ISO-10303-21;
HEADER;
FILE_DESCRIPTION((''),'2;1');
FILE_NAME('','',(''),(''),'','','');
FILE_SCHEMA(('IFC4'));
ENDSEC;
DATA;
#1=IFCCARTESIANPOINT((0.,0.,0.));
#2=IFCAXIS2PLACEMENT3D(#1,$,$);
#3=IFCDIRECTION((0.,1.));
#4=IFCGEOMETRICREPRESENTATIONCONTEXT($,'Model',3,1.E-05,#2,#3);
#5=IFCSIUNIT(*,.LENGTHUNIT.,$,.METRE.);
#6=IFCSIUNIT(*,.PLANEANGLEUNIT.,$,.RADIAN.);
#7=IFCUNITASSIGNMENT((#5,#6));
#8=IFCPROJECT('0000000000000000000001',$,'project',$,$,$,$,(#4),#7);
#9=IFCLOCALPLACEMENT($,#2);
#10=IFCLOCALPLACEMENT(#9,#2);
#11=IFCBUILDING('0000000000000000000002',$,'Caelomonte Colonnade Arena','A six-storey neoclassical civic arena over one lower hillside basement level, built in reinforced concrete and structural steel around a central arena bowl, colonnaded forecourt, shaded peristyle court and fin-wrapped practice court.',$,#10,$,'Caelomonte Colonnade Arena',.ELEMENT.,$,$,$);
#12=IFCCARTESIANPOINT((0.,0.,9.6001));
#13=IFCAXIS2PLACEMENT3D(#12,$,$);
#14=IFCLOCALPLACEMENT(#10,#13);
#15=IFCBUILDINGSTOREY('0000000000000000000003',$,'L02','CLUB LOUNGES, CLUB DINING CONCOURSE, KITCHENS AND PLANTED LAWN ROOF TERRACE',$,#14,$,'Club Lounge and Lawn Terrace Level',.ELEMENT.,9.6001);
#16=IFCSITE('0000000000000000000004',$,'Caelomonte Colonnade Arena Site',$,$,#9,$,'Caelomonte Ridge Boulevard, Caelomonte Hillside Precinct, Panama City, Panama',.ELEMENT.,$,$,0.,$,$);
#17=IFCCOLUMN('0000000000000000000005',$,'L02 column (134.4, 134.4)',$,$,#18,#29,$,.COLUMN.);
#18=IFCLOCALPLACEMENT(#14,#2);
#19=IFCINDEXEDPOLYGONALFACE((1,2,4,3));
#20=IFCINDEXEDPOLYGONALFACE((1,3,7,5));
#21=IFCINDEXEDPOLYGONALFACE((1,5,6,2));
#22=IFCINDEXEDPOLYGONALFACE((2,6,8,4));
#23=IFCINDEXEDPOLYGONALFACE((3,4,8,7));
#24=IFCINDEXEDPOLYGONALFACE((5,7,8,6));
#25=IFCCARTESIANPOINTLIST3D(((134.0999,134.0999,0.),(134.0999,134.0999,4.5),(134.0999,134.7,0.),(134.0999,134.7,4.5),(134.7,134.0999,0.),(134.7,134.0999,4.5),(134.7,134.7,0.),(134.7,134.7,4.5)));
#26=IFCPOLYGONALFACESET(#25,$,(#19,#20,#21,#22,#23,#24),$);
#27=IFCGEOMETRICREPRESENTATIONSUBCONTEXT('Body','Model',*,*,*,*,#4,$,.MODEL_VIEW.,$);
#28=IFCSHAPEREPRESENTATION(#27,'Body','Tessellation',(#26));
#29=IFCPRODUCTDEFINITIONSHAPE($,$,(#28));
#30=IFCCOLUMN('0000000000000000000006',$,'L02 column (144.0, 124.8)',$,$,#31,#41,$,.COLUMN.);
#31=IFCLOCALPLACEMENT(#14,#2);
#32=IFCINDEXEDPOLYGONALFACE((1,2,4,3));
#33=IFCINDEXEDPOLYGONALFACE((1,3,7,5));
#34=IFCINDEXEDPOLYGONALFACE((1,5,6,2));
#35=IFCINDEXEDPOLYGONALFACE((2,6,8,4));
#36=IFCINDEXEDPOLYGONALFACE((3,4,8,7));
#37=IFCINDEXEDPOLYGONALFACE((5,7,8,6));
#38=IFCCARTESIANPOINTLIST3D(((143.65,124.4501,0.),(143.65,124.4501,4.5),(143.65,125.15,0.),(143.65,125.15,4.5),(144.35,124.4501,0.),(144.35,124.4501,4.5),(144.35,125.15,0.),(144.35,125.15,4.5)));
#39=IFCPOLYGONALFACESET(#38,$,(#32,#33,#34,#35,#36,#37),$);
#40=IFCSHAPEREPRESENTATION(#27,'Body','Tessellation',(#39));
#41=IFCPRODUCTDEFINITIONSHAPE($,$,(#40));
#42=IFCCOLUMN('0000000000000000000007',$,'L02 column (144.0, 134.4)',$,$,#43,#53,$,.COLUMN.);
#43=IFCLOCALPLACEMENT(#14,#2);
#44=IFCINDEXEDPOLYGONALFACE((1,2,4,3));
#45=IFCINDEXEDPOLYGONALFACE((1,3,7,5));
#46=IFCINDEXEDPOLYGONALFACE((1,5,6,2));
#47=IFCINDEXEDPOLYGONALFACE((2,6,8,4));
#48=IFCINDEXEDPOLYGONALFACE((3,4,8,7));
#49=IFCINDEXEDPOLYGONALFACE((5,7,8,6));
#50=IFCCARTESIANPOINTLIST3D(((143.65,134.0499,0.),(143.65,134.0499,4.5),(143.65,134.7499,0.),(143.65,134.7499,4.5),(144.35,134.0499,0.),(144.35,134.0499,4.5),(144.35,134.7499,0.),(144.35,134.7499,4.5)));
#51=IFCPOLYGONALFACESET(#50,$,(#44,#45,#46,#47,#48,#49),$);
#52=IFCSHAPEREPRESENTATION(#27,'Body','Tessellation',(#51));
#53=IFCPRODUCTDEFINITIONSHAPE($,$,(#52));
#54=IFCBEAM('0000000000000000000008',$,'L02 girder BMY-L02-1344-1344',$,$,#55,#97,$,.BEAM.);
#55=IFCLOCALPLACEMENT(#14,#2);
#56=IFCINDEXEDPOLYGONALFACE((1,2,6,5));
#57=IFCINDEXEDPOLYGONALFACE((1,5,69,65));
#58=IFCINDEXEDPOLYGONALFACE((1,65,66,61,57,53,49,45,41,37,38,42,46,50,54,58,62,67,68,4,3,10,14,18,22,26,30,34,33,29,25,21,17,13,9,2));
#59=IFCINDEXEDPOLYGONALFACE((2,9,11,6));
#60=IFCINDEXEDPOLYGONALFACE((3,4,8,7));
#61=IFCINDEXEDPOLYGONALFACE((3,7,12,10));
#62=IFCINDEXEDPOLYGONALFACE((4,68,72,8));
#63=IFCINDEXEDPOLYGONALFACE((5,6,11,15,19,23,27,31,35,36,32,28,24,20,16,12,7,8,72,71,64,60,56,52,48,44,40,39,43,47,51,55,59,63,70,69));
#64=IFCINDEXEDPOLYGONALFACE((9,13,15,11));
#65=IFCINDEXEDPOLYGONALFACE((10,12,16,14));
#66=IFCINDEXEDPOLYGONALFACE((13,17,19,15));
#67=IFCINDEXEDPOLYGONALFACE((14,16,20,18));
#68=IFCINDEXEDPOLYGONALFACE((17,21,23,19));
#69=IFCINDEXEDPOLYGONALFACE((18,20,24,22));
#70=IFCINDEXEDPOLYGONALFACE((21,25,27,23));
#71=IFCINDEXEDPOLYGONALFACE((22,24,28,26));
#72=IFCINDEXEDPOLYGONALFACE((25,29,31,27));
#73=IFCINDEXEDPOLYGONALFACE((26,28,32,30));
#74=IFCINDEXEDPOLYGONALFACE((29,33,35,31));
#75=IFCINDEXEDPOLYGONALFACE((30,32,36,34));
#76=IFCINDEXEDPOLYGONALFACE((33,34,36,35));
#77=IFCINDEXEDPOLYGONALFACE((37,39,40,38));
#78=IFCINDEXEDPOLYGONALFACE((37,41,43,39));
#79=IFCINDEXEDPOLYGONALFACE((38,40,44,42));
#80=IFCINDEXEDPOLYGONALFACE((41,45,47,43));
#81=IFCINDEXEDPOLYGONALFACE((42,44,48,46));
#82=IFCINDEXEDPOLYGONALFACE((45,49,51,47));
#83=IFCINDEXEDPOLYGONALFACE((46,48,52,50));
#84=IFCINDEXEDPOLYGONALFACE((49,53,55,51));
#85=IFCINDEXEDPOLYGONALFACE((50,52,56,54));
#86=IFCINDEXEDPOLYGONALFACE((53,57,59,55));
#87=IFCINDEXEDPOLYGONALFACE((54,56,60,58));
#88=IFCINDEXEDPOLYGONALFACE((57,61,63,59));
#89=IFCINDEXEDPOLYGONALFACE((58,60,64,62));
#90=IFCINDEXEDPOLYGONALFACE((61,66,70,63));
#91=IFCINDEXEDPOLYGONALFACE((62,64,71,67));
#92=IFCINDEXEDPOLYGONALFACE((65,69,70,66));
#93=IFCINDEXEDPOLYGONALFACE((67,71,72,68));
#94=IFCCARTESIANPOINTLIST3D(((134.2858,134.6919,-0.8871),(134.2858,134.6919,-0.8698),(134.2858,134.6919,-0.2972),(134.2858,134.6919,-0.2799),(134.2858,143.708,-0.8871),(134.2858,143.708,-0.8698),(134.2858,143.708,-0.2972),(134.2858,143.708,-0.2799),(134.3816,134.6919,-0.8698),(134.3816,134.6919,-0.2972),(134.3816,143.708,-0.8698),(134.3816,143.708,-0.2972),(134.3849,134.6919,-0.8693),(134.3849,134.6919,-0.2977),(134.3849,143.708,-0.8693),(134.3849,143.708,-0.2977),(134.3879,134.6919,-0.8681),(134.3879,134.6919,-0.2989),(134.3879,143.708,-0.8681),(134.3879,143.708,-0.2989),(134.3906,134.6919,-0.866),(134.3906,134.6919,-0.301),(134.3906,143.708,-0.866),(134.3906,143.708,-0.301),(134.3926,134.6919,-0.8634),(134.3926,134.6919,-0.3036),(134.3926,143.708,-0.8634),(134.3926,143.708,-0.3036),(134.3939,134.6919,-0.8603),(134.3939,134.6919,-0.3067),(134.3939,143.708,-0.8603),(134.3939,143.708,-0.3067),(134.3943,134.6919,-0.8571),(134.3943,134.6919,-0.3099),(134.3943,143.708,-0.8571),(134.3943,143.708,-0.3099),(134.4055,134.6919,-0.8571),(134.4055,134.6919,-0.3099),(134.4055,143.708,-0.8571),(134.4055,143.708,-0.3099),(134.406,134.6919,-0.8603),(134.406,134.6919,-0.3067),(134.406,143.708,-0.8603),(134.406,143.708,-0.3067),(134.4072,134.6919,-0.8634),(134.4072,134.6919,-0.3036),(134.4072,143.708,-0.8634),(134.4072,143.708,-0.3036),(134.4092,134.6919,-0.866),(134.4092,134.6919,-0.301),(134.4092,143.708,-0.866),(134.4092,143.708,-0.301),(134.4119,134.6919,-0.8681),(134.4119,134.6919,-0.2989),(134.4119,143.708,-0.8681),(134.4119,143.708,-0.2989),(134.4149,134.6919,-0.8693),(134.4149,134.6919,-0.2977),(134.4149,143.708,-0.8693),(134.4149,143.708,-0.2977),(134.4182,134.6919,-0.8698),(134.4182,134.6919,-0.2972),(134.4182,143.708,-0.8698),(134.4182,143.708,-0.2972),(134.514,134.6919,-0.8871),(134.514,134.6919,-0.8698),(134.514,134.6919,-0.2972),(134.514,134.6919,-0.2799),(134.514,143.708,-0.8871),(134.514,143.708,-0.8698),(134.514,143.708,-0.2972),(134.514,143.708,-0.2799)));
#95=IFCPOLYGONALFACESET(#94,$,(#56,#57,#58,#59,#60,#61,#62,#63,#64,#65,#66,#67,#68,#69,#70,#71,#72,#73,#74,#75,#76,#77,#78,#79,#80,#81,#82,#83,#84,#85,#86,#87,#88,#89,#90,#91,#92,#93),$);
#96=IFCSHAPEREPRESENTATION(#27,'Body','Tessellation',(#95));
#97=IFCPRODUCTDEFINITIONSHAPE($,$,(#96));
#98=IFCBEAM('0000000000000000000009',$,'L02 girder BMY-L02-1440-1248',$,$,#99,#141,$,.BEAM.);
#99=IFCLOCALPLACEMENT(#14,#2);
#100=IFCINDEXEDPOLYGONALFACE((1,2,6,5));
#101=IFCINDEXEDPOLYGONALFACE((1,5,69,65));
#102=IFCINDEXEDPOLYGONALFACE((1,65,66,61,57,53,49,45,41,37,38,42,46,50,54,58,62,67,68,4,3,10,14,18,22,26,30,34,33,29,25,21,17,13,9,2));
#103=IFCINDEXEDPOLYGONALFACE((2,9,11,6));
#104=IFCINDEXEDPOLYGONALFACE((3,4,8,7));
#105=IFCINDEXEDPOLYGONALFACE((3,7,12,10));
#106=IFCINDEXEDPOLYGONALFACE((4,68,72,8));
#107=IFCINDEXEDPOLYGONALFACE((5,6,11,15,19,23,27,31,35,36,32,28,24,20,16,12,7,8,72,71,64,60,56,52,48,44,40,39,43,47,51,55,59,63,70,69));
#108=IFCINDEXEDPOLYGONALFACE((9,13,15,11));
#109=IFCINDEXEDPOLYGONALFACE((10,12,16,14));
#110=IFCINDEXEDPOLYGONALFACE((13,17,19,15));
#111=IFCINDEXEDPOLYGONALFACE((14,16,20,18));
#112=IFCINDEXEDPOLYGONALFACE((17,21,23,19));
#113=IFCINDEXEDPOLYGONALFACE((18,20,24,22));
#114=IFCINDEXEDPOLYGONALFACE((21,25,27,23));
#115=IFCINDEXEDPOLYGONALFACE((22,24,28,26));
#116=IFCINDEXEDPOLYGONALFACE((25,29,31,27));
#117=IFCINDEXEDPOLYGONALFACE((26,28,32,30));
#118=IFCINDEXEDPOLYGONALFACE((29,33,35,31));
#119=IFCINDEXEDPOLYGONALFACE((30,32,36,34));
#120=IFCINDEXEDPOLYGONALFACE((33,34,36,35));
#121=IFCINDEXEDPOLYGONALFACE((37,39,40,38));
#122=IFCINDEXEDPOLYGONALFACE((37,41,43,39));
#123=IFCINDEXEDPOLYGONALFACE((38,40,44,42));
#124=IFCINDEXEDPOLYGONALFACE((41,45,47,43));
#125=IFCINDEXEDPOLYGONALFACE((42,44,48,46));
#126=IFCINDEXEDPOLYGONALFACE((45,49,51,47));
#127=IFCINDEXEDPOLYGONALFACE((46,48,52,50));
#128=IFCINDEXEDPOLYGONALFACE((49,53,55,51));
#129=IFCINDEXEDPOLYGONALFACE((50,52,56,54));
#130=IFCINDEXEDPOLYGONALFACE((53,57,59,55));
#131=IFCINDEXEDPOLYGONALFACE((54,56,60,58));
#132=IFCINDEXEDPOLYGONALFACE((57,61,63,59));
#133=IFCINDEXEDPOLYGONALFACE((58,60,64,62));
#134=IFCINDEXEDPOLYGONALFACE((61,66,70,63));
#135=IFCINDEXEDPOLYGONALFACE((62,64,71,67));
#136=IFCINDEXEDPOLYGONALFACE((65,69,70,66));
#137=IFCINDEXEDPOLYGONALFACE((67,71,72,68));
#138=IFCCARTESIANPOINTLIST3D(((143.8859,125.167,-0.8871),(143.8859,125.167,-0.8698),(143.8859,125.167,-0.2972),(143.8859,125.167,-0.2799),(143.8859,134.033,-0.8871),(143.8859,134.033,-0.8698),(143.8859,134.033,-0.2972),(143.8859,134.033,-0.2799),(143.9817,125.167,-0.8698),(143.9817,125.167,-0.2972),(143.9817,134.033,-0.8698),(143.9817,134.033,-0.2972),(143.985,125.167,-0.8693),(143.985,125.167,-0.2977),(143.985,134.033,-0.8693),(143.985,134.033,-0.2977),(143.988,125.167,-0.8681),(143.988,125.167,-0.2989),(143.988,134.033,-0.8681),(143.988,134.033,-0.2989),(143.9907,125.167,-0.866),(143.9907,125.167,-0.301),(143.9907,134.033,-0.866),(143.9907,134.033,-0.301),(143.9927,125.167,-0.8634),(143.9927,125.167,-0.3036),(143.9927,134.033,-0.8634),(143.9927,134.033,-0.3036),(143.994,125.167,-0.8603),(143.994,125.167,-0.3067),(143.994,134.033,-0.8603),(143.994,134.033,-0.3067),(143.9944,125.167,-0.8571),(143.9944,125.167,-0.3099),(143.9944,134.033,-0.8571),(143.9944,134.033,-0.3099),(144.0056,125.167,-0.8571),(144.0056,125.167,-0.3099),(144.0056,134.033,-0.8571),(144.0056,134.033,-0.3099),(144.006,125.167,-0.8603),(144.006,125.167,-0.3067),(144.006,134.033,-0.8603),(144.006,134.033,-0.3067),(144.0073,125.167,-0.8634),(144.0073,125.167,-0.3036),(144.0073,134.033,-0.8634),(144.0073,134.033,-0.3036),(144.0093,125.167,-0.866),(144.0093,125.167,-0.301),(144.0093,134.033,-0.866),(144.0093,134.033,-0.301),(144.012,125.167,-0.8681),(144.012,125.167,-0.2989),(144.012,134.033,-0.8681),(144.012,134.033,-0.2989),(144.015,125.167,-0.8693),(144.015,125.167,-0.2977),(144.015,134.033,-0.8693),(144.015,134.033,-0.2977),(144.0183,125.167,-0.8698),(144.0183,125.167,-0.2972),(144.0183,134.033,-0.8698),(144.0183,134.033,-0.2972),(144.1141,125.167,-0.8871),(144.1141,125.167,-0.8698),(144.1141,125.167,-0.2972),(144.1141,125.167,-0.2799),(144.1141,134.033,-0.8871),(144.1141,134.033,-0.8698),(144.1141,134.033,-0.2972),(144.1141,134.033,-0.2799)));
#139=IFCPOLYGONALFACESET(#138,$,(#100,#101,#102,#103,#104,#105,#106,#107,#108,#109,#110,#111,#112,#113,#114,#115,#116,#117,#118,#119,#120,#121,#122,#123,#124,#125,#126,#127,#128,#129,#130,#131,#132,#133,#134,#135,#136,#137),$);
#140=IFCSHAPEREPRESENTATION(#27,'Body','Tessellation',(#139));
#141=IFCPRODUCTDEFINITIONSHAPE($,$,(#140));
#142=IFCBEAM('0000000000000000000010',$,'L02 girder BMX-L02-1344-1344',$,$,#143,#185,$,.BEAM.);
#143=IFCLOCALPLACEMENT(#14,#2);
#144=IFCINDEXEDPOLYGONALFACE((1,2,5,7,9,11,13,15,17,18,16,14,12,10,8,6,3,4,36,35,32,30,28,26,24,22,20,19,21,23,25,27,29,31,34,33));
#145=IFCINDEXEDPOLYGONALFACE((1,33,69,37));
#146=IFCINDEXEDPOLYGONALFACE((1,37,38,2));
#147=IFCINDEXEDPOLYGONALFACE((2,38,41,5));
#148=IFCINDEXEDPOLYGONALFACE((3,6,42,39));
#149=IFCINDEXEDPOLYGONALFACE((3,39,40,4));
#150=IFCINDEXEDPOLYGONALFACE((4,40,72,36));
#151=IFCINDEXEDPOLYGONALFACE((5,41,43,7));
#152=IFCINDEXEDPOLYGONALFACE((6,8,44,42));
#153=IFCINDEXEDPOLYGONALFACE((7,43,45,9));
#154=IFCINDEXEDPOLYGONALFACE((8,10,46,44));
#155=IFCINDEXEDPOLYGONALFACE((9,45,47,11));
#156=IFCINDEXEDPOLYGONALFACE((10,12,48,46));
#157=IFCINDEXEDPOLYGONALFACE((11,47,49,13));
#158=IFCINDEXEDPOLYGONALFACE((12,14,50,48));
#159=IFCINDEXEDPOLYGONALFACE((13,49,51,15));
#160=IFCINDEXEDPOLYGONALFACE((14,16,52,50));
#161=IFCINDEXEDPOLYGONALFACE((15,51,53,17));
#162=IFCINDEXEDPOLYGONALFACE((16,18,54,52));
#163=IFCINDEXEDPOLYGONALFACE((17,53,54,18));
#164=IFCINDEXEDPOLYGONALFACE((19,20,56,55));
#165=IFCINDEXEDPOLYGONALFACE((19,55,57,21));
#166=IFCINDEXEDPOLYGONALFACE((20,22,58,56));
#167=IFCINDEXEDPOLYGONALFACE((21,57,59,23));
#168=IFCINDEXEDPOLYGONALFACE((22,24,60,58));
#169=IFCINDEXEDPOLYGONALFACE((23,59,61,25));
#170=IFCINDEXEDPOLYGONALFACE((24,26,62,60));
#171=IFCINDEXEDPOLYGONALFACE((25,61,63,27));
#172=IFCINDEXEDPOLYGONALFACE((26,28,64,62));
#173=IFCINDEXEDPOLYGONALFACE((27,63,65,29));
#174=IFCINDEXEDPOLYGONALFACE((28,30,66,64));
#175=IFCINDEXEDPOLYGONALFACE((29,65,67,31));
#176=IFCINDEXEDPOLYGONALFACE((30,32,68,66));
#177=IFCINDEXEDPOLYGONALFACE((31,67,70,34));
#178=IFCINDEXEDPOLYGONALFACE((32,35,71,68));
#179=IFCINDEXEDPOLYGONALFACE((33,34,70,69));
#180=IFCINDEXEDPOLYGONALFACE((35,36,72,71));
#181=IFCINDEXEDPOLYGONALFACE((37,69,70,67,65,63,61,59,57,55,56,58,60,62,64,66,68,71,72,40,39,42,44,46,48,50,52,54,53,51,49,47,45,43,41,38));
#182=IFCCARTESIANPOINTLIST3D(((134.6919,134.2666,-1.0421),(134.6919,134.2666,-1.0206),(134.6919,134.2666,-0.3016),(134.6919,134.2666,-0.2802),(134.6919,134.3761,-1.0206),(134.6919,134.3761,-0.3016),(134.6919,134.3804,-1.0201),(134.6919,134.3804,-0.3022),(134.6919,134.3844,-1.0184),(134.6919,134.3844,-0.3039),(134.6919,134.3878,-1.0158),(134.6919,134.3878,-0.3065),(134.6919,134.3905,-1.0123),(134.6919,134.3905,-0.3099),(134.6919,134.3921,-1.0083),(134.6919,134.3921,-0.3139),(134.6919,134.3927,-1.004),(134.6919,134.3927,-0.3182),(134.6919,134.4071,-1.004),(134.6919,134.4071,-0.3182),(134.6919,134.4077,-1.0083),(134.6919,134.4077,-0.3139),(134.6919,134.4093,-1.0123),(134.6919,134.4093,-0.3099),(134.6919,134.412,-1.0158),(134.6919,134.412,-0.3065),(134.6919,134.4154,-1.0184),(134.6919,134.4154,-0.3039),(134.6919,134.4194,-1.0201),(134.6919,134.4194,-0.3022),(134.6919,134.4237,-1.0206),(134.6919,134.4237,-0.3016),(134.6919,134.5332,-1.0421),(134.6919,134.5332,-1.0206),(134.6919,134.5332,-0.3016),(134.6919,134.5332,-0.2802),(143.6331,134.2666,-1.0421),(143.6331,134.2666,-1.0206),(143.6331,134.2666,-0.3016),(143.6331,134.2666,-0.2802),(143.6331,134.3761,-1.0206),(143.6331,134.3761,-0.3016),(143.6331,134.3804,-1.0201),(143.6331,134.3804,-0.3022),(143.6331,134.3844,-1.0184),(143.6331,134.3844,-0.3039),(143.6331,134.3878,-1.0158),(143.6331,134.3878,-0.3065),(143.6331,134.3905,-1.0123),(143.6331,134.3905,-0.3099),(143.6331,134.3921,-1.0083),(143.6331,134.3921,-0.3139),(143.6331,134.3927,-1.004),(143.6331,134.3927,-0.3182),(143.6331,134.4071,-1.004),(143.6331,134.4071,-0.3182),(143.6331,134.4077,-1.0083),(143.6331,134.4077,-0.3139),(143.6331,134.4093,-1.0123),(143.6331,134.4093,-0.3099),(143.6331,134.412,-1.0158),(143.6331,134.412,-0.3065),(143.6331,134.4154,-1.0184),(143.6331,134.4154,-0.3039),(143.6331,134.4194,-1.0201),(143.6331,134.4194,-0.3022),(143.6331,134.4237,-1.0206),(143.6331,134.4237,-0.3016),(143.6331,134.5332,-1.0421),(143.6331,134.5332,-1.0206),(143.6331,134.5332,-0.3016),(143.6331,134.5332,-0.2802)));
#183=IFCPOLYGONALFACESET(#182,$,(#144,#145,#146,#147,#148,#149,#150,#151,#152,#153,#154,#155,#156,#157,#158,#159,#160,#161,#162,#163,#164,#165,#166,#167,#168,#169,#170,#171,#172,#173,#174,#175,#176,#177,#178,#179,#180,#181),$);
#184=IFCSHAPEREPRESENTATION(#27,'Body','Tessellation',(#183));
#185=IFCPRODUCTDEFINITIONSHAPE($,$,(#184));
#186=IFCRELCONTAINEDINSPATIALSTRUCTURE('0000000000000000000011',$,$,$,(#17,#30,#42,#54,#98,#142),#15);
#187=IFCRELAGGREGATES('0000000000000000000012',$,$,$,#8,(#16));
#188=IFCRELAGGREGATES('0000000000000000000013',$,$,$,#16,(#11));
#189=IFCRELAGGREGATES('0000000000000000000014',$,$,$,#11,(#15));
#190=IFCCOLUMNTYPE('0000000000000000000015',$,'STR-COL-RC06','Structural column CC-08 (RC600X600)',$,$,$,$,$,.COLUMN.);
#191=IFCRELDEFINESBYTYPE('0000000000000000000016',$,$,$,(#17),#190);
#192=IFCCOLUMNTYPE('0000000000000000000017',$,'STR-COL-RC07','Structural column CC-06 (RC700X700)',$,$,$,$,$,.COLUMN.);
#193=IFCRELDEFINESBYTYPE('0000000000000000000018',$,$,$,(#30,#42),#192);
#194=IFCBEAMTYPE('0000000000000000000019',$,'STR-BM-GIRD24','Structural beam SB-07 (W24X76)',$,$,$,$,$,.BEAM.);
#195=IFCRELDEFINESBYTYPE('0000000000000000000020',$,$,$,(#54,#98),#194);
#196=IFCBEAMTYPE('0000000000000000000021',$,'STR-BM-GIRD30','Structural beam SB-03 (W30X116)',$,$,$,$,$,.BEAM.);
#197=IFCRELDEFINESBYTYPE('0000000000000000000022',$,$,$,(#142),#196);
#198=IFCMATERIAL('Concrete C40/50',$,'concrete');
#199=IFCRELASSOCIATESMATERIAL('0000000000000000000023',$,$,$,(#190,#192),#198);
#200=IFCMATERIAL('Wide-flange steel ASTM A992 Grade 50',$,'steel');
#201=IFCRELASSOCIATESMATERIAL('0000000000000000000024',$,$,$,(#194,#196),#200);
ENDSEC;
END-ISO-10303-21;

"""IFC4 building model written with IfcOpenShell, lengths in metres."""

from ifc_helpers import new_model, si_unit, direction, frame, origin, origin_2d, place, context, subcontext, project, spatial, rectangle, i_section, extrude, material, material_profile, profile_set, type_object, element, save


model = new_model("IFC4")

# Units and contexts
model_context = context("Model", 3, precision=1e-05, world=origin(), true_north=direction((0.0, 1.0)))
body_context = subcontext(model_context, "Body", "Model", "MODEL_VIEW")
ifc_project = project(units=[si_unit("LENGTHUNIT", "METRE"), si_unit("PLANEANGLEUNIT", "RADIAN")], contexts=[model_context])

# Site, building, storey
site_placement = place(None, origin())
site = spatial("IfcSite", under=ifc_project, at=site_placement, Name="Caelomonte Colonnade Arena Site", LongName="Caelomonte Ridge Boulevard, Caelomonte Hillside Precinct, Panama City, Panama", CompositionType="ELEMENT", RefElevation=0.0)
building_placement = place(site_placement, origin())
building = spatial("IfcBuilding", under=site, at=building_placement, Name="Caelomonte Colonnade Arena", Description="A six-storey neoclassical civic arena over one lower hillside basement level, built in reinforced concrete and structural steel around a central arena bowl, colonnaded forecourt, shaded peristyle court and fin-wrapped practice court.", LongName="Caelomonte Colonnade Arena", CompositionType="ELEMENT")
storey_placement = place(building_placement, frame((0.0, 0.0, 9.6001)))
storey = spatial("IfcBuildingStorey", under=building, at=storey_placement, Name="L02", Description="CLUB LOUNGES, CLUB DINING CONCOURSE, KITCHENS AND PLANTED LAWN ROOF TERRACE", LongName="Club Lounge and Lawn Terrace Level", CompositionType="ELEMENT", Elevation=9.6001)

# Columns
ifc_material_1 = material(Name="Concrete C40/50", Category="concrete")
ifc_material_profile_1 = material_profile(ifc_material_1, rectangle(XDim=0.6001, YDim=0.6001, at=origin_2d()), Name="RC600X600")
ifc_profile_set_1 = profile_set([ifc_material_profile_1], Name="Concrete C40/50")
column_type_1 = type_object("IfcColumnType", Name="STR-COL-RC06", Description="Structural column CC-08 (RC600X600)", PredefinedType="COLUMN", material=ifc_profile_set_1)
column_placement = place(storey_placement, frame((134.3999, 134.3999, 0.0), z_axis=(0.0, 0.0, 1.0), x_axis=(1.0, 0.0, 0.0)))
element("IfcColumn", 1, at=column_placement, inside=storey, type_object=column_type_1, Name="L02 column (134.4, 134.4)", PredefinedType="COLUMN", context=body_context, shape_type="SweptSolid", body=[
    extrude(rectangle(XDim=0.6001, YDim=0.6001, at=origin_2d()), origin(), (0.0, 0.0, 1.0), 4.5),
])
ifc_material_profile_2 = material_profile(ifc_material_1, rectangle(XDim=0.7, YDim=0.7, at=origin_2d()), Name="RC700X700")
ifc_profile_set_2 = profile_set([ifc_material_profile_2], Name="Concrete C40/50")
column_type_2 = type_object("IfcColumnType", Name="STR-COL-RC07", Description="Structural column CC-06 (RC700X700)", PredefinedType="COLUMN", material=ifc_profile_set_2)
for number, where, z_axis, x_axis, name in (
    (2, (144.0, 124.8, 0.0), (0.0, 0.0, 1.0), (1.0, 0.0, 0.0), "L02 column (144.0, 124.8)"),
    (3, (144.0, 134.3999, 0.0), (0.0, 0.0, 1.0), (1.0, 0.0, 0.0), "L02 column (144.0, 134.4)"),
):
    element("IfcColumn", number, at=place(storey_placement, frame(where, z_axis=z_axis, x_axis=x_axis)), inside=storey, type_object=column_type_2, Name=name, PredefinedType="COLUMN", context=body_context, shape_type="SweptSolid", body=[
        extrude(rectangle(XDim=0.7, YDim=0.7, at=origin_2d()), origin(), (0.0, 0.0, 1.0), 4.5),
    ])

# Beams
ifc_material_2 = material(Name="Wide-flange steel ASTM A992 Grade 50", Category="steel")
ifc_material_profile_3 = material_profile(ifc_material_2, i_section(OverallWidth=0.2283, OverallDepth=0.6072, WebThickness=0.0112, FlangeThickness=0.0173, FilletRadius=0.0127, at=origin_2d()), Name="W24X76")
ifc_profile_set_3 = profile_set([ifc_material_profile_3], Name="Wide-flange steel ASTM A992 Grade 50")
beam_type_1 = type_object("IfcBeamType", Name="STR-BM-GIRD24", Description="Structural beam SB-07 (W24X76)", PredefinedType="BEAM", material=ifc_profile_set_3)
beam_1_placement = place(storey_placement, frame((134.3999, 134.6919, -0.5835), z_axis=(0.0, 1.0, 0.0), x_axis=(-1.0, 0.0, 0.0)))
element("IfcBeam", 4, at=beam_1_placement, inside=storey, type_object=beam_type_1, Name="L02 girder BMY-L02-1344-1344", PredefinedType="BEAM", context=body_context, shape_type="SweptSolid", body=[
    extrude(i_section(OverallWidth=0.2283, OverallDepth=0.6072, WebThickness=0.0112, FlangeThickness=0.0173, FilletRadius=0.0127, at=origin_2d()), origin(), (0.0, 0.0, 1.0), 9.0161),
])
beam_2_placement = place(storey_placement, frame((144.0, 125.167, -0.5835), z_axis=(0.0, 1.0, 0.0), x_axis=(-1.0, 0.0, 0.0)))
element("IfcBeam", 5, at=beam_2_placement, inside=storey, type_object=beam_type_1, Name="L02 girder BMY-L02-1440-1248", PredefinedType="BEAM", context=body_context, shape_type="SweptSolid", body=[
    extrude(i_section(OverallWidth=0.2283, OverallDepth=0.6072, WebThickness=0.0112, FlangeThickness=0.0173, FilletRadius=0.0127, at=origin_2d()), origin(), (0.0, 0.0, 1.0), 8.866),
])
ifc_material_profile_4 = material_profile(ifc_material_2, i_section(OverallWidth=0.2666, OverallDepth=0.762, WebThickness=0.0144, FlangeThickness=0.0215, FilletRadius=0.0166, at=origin_2d()), Name="W30X116")
ifc_profile_set_4 = profile_set([ifc_material_profile_4], Name="Wide-flange steel ASTM A992 Grade 50")
beam_type_2 = type_object("IfcBeamType", Name="STR-BM-GIRD30", Description="Structural beam SB-03 (W30X116)", PredefinedType="BEAM", material=ifc_profile_set_4)
beam_3_placement = place(storey_placement, frame((134.6919, 134.3999, -0.6611), z_axis=(1.0, 0.0, 0.0), x_axis=(0.0, 1.0, 0.0)))
element("IfcBeam", 6, at=beam_3_placement, inside=storey, type_object=beam_type_2, Name="L02 girder BMX-L02-1344-1344", PredefinedType="BEAM", context=body_context, shape_type="SweptSolid", body=[
    extrude(i_section(OverallWidth=0.2666, OverallDepth=0.762, WebThickness=0.0144, FlangeThickness=0.0215, FilletRadius=0.0166, at=origin_2d()), origin(), (0.0, 0.0, 1.0), 8.9412),
])

save(model, "model.ifc")
